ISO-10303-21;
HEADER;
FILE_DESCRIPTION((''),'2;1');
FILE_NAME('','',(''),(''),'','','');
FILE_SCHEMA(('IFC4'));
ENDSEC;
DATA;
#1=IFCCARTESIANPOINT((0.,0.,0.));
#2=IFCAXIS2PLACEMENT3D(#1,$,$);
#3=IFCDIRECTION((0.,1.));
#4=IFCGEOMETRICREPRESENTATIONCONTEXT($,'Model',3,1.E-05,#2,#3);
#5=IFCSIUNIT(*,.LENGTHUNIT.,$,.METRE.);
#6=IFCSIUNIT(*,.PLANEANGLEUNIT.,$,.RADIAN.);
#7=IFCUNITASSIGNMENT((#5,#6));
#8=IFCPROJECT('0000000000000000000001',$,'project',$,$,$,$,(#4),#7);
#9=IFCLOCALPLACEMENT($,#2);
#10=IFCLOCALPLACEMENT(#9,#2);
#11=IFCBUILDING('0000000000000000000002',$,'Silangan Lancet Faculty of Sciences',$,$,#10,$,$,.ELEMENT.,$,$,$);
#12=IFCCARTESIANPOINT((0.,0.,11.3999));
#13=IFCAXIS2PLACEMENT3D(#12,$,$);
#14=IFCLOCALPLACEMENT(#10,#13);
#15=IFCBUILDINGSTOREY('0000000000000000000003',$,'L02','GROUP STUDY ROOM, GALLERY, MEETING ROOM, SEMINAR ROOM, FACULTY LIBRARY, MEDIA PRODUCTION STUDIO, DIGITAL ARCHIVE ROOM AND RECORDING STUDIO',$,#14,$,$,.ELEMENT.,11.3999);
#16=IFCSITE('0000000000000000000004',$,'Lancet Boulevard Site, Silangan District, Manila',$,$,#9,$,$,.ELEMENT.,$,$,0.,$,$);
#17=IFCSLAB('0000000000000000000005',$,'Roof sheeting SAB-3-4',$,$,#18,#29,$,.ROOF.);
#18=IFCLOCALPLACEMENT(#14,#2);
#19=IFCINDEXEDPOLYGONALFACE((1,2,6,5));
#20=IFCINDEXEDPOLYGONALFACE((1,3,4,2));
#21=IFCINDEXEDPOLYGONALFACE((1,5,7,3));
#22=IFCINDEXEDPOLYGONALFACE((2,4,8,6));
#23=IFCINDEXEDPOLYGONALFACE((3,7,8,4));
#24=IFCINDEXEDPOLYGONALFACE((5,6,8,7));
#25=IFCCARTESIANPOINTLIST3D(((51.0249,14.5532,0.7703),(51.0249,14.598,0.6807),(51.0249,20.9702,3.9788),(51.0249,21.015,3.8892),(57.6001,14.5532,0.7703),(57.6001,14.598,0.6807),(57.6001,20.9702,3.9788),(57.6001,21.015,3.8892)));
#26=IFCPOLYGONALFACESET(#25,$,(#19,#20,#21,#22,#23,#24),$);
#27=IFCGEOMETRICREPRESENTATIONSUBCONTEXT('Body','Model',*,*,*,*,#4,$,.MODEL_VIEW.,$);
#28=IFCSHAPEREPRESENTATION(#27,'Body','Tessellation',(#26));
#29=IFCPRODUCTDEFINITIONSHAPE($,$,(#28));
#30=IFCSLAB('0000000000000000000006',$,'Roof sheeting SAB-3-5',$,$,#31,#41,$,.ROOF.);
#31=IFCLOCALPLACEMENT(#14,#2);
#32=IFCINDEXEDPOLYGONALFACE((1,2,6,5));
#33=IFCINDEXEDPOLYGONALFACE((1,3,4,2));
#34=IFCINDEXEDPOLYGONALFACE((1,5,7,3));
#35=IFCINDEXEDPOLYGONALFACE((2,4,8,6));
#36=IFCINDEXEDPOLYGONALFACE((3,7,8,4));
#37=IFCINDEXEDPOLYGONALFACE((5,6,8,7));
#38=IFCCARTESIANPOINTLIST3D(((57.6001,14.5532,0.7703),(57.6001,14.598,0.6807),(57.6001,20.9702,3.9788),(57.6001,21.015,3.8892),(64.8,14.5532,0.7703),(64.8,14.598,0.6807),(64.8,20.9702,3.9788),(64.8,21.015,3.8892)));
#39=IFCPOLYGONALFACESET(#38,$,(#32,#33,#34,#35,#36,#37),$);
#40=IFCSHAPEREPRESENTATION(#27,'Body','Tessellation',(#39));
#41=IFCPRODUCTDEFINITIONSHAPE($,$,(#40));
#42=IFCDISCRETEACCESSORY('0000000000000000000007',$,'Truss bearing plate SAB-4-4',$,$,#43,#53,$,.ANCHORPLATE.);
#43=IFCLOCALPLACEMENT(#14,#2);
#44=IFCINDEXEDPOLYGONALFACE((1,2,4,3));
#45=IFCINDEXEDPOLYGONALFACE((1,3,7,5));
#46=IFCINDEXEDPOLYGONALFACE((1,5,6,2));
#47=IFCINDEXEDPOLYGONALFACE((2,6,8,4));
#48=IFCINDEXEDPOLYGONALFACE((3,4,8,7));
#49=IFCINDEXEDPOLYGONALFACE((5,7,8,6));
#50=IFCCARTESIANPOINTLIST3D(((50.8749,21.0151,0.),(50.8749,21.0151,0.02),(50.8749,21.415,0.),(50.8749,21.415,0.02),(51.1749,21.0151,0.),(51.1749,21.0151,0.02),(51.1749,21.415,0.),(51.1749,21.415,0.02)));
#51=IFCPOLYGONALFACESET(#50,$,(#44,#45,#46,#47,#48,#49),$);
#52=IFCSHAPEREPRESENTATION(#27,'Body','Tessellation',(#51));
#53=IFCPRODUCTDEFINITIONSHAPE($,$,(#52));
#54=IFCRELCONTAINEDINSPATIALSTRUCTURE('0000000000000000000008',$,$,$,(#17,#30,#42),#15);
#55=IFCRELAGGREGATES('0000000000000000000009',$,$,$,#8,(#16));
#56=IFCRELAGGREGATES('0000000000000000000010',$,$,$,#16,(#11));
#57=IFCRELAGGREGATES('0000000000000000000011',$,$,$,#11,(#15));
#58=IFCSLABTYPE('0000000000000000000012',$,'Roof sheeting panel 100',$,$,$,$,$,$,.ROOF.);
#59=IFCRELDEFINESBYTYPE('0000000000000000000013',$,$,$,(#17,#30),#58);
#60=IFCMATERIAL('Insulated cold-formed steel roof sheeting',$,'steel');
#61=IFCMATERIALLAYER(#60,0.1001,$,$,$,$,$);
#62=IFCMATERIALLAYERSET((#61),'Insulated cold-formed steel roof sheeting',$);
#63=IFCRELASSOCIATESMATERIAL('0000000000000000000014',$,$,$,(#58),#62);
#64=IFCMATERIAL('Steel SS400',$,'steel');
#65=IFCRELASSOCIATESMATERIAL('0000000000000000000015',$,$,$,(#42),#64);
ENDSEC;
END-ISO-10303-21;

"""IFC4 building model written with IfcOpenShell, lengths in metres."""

from ifc_helpers import new_model, si_unit, direction, frame, origin, origin_2d, place, context, subcontext, project, spatial, polyline, rectangle, outline, extrude, material, layer, layer_set, type_object, element, save


model = new_model("IFC4")

# Units and contexts
model_context = context("Model", 3, precision=1e-05, world=origin(), true_north=direction((0.0, 1.0)))
body_context = subcontext(model_context, "Body", "Model", "MODEL_VIEW")
ifc_project = project(units=[si_unit("LENGTHUNIT", "METRE"), si_unit("PLANEANGLEUNIT", "RADIAN")], contexts=[model_context])

# Site, building, storey
site_placement = place(None, origin())
site = spatial("IfcSite", under=ifc_project, at=site_placement, Name="Lancet Boulevard Site, Silangan District, Manila", CompositionType="ELEMENT", RefElevation=0.0)
building_placement = place(site_placement, origin())
building = spatial("IfcBuilding", under=site, at=building_placement, Name="Silangan Lancet Faculty of Sciences", CompositionType="ELEMENT")
storey_placement = place(building_placement, frame((0.0, 0.0, 11.3999)))
storey = spatial("IfcBuildingStorey", under=building, at=storey_placement, Name="L02", Description="GROUP STUDY ROOM, GALLERY, MEETING ROOM, SEMINAR ROOM, FACULTY LIBRARY, MEDIA PRODUCTION STUDIO, DIGITAL ARCHIVE ROOM AND RECORDING STUDIO", CompositionType="ELEMENT", Elevation=11.3999)

# Slabs
ifc_material_1 = material(Name="Insulated cold-formed steel roof sheeting", Category="steel")
ifc_layer_1 = layer(ifc_material_1, 0.1001)
ifc_layer_set_1 = layer_set([ifc_layer_1], Name="Insulated cold-formed steel roof sheeting")
slab_type = type_object("IfcSlabType", Name="Roof sheeting panel 100", PredefinedType="ROOF", material=ifc_layer_set_1)
slab_1_placement = place(storey_placement, frame((51.0249, 14.5532, 0.7703), z_axis=(0.0, -0.447214, 0.894427), x_axis=(1.0, 0.0, 0.0)))
element("IfcSlab", 1, at=slab_1_placement, inside=storey, type_object=slab_type, Name="Roof sheeting SAB-3-4", PredefinedType="ROOF", context=body_context, shape_type="SweptSolid", body=[
    extrude(outline(polyline([(0.0, 0.0), (6.5752, 0.0), (6.5752, 7.1744), (0.0, 7.1744), (0.0, 0.0)])), origin(), (0.0, 0.0, -1.0), 0.1001),
])
slab_2_placement = place(storey_placement, frame((57.6001, 14.5532, 0.7703), z_axis=(0.0, -0.447214, 0.894427), x_axis=(1.0, 0.0, 0.0)))
element("IfcSlab", 2, at=slab_2_placement, inside=storey, type_object=slab_type, Name="Roof sheeting SAB-3-5", PredefinedType="ROOF", context=body_context, shape_type="SweptSolid", body=[
    extrude(outline(polyline([(0.0, 0.0), (7.2, 0.0), (7.2, 7.1744), (0.0, 7.1744), (0.0, 0.0)])), origin(), (0.0, 0.0, -1.0), 0.1001),
])

# Discrete accessory
ifc_material_2 = material(Name="Steel SS400", Category="steel")
discrete_accessory_placement = place(storey_placement, frame((51.0249, 21.2151, 0.0), z_axis=(0.0, 0.0, 1.0), x_axis=(1.0, 0.0, 0.0)))
element("IfcDiscreteAccessory", 3, at=discrete_accessory_placement, inside=storey, material=ifc_material_2, Name="Truss bearing plate SAB-4-4", PredefinedType="ANCHORPLATE", context=body_context, shape_type="SweptSolid", body=[
    extrude(rectangle(XDim=0.3, YDim=0.3999, at=origin_2d()), origin(), (0.0, 0.0, 1.0), 0.02),
])

save(model, "model.ifc")
